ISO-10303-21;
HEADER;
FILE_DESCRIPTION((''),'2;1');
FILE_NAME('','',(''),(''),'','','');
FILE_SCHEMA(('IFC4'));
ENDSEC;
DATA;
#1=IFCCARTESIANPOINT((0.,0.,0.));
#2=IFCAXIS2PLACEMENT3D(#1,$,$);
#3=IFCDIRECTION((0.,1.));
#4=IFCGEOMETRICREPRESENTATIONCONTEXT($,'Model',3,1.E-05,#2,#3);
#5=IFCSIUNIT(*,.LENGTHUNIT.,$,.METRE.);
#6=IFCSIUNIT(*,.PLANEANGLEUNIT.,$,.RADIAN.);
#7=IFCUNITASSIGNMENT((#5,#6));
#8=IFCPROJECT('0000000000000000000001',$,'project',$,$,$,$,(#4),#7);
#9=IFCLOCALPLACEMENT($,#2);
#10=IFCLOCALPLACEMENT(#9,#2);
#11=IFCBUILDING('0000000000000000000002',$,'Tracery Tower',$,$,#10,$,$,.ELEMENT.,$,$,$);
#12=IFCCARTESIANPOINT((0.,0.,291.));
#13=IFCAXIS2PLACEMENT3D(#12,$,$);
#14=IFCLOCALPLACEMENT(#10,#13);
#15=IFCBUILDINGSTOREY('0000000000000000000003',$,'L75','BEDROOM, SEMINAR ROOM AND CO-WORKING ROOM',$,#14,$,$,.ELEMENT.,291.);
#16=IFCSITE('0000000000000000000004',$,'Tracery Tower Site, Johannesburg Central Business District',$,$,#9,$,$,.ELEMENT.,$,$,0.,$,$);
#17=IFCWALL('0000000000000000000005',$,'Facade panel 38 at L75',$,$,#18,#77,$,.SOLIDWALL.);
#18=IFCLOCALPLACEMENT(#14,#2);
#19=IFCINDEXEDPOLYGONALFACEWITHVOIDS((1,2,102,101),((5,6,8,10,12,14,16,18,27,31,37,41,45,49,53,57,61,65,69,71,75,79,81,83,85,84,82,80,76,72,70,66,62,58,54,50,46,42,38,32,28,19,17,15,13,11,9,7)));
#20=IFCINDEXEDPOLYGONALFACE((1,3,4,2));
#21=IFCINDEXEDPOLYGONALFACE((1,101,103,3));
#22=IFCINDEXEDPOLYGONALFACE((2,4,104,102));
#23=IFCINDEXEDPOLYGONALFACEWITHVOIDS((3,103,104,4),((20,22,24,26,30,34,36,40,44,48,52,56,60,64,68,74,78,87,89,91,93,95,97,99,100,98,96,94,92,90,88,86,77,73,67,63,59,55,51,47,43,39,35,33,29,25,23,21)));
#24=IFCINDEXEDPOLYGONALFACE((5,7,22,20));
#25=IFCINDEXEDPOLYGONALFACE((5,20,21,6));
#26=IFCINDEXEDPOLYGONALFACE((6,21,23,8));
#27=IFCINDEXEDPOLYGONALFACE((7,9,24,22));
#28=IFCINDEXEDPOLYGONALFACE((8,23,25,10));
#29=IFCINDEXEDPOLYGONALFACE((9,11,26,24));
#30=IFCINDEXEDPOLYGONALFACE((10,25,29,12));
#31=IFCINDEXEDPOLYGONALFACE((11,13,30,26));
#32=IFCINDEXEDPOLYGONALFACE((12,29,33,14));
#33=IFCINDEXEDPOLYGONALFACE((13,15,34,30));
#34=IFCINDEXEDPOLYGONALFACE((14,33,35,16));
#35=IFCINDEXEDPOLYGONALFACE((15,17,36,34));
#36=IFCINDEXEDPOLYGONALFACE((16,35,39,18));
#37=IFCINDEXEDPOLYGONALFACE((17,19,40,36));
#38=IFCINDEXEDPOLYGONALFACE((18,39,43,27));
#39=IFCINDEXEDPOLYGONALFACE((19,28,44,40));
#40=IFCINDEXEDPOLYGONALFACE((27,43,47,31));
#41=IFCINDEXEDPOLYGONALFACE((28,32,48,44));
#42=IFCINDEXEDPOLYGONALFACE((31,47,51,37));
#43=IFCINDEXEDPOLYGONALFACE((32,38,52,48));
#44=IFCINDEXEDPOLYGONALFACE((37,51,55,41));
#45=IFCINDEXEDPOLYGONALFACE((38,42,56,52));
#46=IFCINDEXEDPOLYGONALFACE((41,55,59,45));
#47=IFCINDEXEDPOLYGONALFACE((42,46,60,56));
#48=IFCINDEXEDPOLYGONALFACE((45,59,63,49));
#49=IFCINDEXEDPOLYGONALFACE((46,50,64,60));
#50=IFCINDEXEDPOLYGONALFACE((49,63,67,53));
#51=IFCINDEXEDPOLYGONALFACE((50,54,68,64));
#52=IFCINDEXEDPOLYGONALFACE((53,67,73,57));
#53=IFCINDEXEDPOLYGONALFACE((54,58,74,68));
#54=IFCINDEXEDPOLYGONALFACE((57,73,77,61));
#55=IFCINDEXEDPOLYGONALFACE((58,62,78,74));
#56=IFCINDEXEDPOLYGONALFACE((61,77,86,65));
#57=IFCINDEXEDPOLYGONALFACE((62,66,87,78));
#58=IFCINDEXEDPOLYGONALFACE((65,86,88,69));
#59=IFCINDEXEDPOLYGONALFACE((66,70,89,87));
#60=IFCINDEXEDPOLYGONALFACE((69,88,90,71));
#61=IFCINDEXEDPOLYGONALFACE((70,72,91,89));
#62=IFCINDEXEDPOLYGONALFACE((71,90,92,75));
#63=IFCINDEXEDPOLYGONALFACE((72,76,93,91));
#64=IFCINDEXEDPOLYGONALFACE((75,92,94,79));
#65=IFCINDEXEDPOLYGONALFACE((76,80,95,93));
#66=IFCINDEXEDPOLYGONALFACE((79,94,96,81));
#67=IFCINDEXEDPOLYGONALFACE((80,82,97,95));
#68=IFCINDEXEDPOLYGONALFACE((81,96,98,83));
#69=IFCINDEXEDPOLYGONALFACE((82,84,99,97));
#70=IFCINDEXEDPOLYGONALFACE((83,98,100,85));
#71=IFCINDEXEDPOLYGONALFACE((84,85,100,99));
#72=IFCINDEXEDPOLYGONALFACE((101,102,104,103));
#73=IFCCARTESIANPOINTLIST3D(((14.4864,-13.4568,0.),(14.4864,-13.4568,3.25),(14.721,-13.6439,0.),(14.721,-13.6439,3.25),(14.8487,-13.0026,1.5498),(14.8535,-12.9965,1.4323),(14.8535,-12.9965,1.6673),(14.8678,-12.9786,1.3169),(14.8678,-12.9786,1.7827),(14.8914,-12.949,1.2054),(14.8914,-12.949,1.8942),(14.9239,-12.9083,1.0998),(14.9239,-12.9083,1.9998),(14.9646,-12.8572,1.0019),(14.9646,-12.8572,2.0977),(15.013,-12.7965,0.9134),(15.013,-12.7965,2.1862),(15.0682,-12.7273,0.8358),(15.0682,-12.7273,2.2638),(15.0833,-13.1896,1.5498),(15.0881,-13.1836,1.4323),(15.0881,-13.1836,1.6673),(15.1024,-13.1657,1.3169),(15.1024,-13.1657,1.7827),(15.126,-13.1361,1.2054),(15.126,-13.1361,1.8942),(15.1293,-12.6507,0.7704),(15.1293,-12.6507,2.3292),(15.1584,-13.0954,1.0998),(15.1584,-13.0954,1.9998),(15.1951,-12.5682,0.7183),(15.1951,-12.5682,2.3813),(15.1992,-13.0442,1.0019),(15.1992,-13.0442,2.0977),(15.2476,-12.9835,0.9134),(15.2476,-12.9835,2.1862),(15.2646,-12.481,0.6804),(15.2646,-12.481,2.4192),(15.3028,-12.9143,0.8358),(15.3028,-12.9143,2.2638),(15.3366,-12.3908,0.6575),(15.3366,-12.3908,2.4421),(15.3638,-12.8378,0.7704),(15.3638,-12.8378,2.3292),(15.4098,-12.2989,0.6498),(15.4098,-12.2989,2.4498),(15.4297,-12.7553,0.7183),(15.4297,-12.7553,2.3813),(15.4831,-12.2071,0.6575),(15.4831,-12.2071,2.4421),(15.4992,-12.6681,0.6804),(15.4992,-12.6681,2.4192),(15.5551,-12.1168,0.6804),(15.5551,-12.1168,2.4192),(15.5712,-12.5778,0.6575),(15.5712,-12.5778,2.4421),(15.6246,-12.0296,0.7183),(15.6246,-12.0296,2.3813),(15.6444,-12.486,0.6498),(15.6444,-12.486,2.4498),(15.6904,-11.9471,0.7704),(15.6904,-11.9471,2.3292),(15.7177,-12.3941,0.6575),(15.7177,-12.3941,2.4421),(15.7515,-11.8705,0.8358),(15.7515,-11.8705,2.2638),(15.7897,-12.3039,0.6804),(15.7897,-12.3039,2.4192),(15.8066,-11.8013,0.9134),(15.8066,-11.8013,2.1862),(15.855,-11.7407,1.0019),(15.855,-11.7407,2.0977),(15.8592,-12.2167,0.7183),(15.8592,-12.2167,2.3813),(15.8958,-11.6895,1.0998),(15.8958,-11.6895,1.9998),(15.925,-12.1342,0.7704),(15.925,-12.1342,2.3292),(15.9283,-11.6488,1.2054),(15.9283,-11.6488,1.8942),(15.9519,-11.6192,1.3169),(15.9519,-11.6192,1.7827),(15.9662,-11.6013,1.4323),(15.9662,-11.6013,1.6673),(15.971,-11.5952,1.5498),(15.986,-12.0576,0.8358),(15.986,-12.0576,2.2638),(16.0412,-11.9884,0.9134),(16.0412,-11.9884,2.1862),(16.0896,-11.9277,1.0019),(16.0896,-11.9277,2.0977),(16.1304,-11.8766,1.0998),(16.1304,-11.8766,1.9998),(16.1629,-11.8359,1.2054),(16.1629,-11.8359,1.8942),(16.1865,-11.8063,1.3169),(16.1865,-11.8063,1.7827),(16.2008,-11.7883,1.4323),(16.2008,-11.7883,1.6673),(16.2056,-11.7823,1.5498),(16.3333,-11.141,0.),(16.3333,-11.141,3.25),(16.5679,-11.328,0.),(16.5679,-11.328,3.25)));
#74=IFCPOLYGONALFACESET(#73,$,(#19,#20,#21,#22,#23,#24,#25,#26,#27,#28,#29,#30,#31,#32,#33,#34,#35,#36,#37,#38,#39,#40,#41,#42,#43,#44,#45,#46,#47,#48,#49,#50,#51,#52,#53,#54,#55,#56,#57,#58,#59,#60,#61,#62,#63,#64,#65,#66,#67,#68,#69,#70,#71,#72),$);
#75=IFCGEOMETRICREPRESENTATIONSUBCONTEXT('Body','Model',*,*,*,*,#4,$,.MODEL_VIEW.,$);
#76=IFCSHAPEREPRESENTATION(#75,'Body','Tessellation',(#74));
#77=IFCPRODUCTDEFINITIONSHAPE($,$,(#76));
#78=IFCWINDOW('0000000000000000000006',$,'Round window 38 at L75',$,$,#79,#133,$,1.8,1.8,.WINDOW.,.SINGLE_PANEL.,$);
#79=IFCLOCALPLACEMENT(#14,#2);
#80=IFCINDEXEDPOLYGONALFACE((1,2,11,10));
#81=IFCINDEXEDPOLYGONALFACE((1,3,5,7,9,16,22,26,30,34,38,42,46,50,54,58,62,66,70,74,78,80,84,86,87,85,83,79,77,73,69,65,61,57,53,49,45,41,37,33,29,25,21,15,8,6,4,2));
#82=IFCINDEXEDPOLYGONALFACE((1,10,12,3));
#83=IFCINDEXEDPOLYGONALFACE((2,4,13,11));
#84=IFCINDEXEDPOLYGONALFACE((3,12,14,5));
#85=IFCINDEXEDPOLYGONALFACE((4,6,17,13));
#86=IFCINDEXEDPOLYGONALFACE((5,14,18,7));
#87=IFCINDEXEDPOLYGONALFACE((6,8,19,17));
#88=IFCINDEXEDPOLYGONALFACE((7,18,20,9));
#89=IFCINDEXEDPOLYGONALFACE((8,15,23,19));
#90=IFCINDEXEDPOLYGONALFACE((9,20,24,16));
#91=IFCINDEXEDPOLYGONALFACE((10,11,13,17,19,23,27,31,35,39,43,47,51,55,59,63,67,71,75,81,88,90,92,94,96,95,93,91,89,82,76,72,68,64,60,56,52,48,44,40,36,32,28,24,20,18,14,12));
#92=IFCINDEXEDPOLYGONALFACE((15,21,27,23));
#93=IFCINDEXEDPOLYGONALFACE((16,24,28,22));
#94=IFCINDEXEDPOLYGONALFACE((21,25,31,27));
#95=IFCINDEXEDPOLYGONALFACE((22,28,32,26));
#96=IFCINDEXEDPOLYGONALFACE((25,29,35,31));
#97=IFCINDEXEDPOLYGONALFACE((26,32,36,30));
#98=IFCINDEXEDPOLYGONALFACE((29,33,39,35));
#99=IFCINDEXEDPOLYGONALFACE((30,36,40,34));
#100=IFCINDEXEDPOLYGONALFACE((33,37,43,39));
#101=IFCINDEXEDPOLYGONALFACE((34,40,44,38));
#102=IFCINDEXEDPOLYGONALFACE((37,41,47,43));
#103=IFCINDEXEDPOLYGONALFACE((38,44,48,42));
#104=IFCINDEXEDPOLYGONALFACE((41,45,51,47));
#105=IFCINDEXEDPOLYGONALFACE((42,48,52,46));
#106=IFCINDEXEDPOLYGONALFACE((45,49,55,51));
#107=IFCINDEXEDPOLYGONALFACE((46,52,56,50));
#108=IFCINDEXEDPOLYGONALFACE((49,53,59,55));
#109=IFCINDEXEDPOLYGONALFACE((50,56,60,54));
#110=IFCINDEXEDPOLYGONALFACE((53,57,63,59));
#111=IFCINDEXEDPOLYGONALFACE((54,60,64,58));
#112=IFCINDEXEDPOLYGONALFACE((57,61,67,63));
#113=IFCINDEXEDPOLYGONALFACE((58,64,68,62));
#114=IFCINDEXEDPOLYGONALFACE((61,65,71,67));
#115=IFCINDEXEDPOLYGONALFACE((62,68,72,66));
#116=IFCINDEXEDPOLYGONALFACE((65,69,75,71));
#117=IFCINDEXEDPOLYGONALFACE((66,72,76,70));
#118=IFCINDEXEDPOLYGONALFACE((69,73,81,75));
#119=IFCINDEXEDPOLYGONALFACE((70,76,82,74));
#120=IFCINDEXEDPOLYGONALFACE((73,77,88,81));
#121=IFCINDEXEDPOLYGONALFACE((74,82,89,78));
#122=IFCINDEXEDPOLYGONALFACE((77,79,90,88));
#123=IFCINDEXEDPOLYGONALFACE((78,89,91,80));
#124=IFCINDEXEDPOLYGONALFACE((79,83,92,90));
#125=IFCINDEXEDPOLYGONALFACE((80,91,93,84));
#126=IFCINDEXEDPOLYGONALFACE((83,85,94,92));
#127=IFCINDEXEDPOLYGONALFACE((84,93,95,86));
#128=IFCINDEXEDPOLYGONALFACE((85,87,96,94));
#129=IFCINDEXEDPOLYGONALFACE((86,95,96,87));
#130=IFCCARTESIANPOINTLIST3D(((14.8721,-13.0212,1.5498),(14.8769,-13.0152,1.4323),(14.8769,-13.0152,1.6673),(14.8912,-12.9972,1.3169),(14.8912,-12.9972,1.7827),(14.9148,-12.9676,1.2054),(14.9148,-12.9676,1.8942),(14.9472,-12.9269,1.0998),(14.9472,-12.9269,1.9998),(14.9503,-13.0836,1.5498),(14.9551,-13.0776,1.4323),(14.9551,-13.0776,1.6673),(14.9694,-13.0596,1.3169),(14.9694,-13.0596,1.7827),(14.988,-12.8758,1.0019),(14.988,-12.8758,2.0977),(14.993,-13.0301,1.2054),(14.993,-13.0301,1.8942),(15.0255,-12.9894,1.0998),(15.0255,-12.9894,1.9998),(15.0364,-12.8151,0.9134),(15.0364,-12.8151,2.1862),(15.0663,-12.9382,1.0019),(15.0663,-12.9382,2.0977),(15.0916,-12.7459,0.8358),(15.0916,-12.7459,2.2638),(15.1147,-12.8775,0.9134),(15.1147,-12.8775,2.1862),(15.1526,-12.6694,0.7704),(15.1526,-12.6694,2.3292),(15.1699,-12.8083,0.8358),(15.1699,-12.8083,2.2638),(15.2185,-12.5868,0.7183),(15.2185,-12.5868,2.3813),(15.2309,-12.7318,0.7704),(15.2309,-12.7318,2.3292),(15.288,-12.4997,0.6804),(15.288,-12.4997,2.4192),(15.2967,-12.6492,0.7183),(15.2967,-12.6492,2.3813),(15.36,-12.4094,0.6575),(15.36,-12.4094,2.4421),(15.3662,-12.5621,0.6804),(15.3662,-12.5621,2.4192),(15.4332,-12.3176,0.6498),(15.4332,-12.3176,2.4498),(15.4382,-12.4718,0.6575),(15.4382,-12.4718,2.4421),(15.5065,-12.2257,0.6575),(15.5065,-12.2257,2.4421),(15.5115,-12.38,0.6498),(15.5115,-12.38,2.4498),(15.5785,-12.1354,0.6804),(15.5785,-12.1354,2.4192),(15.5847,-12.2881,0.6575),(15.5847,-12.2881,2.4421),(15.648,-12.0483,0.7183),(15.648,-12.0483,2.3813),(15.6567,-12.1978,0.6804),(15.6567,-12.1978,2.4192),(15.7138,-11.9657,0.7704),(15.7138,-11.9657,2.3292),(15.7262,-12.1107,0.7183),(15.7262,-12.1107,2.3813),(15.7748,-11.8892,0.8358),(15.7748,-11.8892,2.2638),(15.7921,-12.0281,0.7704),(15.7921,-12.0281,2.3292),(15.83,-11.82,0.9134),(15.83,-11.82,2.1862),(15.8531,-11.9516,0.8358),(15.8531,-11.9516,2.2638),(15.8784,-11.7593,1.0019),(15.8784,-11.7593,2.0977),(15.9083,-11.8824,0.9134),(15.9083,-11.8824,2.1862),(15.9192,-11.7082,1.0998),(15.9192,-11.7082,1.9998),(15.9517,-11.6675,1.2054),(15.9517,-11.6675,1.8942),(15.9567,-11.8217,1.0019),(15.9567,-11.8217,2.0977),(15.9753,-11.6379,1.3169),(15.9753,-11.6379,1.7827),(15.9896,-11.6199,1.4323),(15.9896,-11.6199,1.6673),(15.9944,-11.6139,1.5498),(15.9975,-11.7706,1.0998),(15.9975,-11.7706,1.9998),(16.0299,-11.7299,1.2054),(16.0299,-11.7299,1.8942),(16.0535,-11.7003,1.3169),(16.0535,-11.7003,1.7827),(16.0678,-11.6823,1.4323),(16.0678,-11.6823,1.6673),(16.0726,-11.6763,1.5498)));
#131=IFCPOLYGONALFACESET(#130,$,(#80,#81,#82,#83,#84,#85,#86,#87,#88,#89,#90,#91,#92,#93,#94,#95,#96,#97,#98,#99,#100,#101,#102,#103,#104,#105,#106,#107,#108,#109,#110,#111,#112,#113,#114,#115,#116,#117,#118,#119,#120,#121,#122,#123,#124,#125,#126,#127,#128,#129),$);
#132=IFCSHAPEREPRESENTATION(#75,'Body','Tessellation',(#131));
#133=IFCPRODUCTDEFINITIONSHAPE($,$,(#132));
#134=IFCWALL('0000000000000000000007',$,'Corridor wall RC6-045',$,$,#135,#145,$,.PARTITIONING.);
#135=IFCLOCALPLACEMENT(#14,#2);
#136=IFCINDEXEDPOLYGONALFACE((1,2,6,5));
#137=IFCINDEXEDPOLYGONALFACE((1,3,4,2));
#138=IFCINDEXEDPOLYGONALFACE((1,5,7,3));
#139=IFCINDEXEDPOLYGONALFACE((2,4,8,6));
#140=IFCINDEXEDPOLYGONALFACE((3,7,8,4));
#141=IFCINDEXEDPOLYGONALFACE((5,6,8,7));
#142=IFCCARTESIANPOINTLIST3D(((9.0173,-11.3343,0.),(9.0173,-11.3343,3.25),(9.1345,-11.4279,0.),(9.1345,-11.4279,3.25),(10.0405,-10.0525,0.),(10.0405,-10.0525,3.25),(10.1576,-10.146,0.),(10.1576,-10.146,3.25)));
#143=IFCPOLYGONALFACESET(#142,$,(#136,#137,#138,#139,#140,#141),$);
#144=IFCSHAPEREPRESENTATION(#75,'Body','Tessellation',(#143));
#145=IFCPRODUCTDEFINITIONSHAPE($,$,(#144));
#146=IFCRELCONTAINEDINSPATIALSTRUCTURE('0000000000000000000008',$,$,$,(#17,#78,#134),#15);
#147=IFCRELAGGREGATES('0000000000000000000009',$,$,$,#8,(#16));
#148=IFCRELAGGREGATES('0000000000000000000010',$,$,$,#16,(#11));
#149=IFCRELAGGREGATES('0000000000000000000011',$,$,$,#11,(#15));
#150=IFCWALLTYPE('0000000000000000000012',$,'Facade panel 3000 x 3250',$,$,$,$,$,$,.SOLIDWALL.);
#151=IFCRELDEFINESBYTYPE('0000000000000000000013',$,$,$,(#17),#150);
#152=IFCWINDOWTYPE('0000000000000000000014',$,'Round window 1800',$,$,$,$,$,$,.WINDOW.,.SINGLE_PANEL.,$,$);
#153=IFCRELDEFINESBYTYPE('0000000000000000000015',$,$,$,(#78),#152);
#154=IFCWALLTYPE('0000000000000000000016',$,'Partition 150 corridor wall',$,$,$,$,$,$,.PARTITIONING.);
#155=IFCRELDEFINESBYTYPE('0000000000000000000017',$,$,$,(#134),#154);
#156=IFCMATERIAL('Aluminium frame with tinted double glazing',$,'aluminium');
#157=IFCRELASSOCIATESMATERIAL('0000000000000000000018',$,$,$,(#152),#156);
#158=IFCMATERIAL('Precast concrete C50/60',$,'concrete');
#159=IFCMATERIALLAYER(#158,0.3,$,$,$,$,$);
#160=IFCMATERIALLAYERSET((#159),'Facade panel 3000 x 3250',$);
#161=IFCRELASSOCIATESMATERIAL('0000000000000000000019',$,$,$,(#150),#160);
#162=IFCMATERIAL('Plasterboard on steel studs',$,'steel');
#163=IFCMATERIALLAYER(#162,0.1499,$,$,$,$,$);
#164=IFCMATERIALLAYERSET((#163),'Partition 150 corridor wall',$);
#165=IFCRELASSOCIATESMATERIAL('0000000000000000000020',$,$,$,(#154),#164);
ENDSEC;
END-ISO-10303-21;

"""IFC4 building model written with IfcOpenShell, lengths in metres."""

from ifc_helpers import new_model, si_unit, direction, frame, frame_2d, origin, origin_2d, place, context, subcontext, project, spatial, rectangle, circle, extrude, material, layer, layer_set, type_object, element, fill, save


model = new_model("IFC4")

# Units and contexts
model_context = context("Model", 3, precision=1e-05, world=origin(), true_north=direction((0.0, 1.0)))
body_context = subcontext(model_context, "Body", "Model", "MODEL_VIEW")
ifc_project = project(units=[si_unit("LENGTHUNIT", "METRE"), si_unit("PLANEANGLEUNIT", "RADIAN")], contexts=[model_context])

# Site, building, storey
site_placement = place(None, origin())
site = spatial("IfcSite", under=ifc_project, at=site_placement, Name="Tracery Tower Site, Johannesburg Central Business District", CompositionType="ELEMENT", RefElevation=0.0)
building_placement = place(site_placement, origin())
building = spatial("IfcBuilding", under=site, at=building_placement, Name="Tracery Tower", CompositionType="ELEMENT")
storey_placement = place(building_placement, frame((0.0, 0.0, 291.0)))
storey = spatial("IfcBuildingStorey", under=building, at=storey_placement, Name="L75", Description="BEDROOM, SEMINAR ROOM AND CO-WORKING ROOM", CompositionType="ELEMENT", Elevation=291.0)

# Wall, opening, window
ifc_material_1 = material(Name="Aluminium frame with tinted double glazing", Category="aluminium")
window_type = type_object("IfcWindowType", Name="Round window 1800", PartitioningType="SINGLE_PANEL", PredefinedType="WINDOW", material=ifc_material_1)
ifc_material_2 = material(Name="Precast concrete C50/60", Category="concrete")
ifc_layer_1 = layer(ifc_material_2, 0.3)
ifc_layer_set_1 = layer_set([ifc_layer_1], Name="Facade panel 3000 x 3250")
wall_type_1 = type_object("IfcWallType", Name="Facade panel 3000 x 3250", PredefinedType="SOLIDWALL", material=ifc_layer_set_1)
wall_1_placement = place(storey_placement, frame((14.6038, -13.5503, 0.0), z_axis=(0.0, 0.0, 1.0), x_axis=(0.623498, 0.781825, 0.0)))
wall_1 = element("IfcWall", 1, at=wall_1_placement, inside=storey, type_object=wall_type_1, Name="Facade panel 38 at L75", PredefinedType="SOLIDWALL", context=body_context, shape_type="SweptSolid", body=[
    extrude(rectangle(XDim=2.9622, YDim=0.3, at=frame_2d((1.481, 0.0))), origin(), (0.0, 0.0, 1.0), 3.25),
])
opening_1_placement = place(wall_1_placement, frame((1.481, 0.0, 1.5498)))
opening_1 = element("IfcOpeningElement", 2, at=opening_1_placement, cuts=wall_1, PredefinedType="OPENING", context=body_context, shape_type="SweptSolid", body=[
    extrude(circle(Radius=0.9, at=origin_2d()), frame((0.0, 0.1599, 0.0), z_axis=(0.0, -1.0, 0.0), x_axis=(1.0, 0.0, 0.0)), (0.0, 0.0, 1.0), 0.3201),
])
window_1_placement = place(opening_1_placement, origin())
window_1 = element("IfcWindow", 3, at=window_1_placement, inside=storey, type_object=window_type, Name="Round window 38 at L75", OverallHeight=1.8, OverallWidth=1.8, PartitioningType="SINGLE_PANEL", PredefinedType="WINDOW", context=body_context, shape_type="SweptSolid", body=[
    extrude(circle(Radius=0.9, at=origin_2d()), frame((0.0, 0.1201, 0.0), z_axis=(0.0, -1.0, 0.0), x_axis=(1.0, 0.0, 0.0)), (0.0, 0.0, 1.0), 0.1001),
])
fill(opening_1, window_1)

# Wall
ifc_material_3 = material(Name="Plasterboard on steel studs", Category="steel")
ifc_layer_2 = layer(ifc_material_3, 0.1499)
ifc_layer_set_2 = layer_set([ifc_layer_2], Name="Partition 150 corridor wall")
wall_type_2 = type_object("IfcWallType", Name="Partition 150 corridor wall", PredefinedType="PARTITIONING", material=ifc_layer_set_2)
wall_2_placement = place(storey_placement, frame((9.0759, -11.3811, 0.0), z_axis=(0.0, 0.0, 1.0), x_axis=(0.623805, 0.78158, 0.0)))
element("IfcWall", 4, at=wall_2_placement, inside=storey, type_object=wall_type_2, Name="Corridor wall RC6-045", PredefinedType="PARTITIONING", context=body_context, shape_type="SweptSolid", body=[
    extrude(rectangle(XDim=1.6401, YDim=0.1499, at=frame_2d((0.8201, 0.0))), origin(), (0.0, 0.0, 1.0), 3.25),
])

save(model, "model.ifc")
